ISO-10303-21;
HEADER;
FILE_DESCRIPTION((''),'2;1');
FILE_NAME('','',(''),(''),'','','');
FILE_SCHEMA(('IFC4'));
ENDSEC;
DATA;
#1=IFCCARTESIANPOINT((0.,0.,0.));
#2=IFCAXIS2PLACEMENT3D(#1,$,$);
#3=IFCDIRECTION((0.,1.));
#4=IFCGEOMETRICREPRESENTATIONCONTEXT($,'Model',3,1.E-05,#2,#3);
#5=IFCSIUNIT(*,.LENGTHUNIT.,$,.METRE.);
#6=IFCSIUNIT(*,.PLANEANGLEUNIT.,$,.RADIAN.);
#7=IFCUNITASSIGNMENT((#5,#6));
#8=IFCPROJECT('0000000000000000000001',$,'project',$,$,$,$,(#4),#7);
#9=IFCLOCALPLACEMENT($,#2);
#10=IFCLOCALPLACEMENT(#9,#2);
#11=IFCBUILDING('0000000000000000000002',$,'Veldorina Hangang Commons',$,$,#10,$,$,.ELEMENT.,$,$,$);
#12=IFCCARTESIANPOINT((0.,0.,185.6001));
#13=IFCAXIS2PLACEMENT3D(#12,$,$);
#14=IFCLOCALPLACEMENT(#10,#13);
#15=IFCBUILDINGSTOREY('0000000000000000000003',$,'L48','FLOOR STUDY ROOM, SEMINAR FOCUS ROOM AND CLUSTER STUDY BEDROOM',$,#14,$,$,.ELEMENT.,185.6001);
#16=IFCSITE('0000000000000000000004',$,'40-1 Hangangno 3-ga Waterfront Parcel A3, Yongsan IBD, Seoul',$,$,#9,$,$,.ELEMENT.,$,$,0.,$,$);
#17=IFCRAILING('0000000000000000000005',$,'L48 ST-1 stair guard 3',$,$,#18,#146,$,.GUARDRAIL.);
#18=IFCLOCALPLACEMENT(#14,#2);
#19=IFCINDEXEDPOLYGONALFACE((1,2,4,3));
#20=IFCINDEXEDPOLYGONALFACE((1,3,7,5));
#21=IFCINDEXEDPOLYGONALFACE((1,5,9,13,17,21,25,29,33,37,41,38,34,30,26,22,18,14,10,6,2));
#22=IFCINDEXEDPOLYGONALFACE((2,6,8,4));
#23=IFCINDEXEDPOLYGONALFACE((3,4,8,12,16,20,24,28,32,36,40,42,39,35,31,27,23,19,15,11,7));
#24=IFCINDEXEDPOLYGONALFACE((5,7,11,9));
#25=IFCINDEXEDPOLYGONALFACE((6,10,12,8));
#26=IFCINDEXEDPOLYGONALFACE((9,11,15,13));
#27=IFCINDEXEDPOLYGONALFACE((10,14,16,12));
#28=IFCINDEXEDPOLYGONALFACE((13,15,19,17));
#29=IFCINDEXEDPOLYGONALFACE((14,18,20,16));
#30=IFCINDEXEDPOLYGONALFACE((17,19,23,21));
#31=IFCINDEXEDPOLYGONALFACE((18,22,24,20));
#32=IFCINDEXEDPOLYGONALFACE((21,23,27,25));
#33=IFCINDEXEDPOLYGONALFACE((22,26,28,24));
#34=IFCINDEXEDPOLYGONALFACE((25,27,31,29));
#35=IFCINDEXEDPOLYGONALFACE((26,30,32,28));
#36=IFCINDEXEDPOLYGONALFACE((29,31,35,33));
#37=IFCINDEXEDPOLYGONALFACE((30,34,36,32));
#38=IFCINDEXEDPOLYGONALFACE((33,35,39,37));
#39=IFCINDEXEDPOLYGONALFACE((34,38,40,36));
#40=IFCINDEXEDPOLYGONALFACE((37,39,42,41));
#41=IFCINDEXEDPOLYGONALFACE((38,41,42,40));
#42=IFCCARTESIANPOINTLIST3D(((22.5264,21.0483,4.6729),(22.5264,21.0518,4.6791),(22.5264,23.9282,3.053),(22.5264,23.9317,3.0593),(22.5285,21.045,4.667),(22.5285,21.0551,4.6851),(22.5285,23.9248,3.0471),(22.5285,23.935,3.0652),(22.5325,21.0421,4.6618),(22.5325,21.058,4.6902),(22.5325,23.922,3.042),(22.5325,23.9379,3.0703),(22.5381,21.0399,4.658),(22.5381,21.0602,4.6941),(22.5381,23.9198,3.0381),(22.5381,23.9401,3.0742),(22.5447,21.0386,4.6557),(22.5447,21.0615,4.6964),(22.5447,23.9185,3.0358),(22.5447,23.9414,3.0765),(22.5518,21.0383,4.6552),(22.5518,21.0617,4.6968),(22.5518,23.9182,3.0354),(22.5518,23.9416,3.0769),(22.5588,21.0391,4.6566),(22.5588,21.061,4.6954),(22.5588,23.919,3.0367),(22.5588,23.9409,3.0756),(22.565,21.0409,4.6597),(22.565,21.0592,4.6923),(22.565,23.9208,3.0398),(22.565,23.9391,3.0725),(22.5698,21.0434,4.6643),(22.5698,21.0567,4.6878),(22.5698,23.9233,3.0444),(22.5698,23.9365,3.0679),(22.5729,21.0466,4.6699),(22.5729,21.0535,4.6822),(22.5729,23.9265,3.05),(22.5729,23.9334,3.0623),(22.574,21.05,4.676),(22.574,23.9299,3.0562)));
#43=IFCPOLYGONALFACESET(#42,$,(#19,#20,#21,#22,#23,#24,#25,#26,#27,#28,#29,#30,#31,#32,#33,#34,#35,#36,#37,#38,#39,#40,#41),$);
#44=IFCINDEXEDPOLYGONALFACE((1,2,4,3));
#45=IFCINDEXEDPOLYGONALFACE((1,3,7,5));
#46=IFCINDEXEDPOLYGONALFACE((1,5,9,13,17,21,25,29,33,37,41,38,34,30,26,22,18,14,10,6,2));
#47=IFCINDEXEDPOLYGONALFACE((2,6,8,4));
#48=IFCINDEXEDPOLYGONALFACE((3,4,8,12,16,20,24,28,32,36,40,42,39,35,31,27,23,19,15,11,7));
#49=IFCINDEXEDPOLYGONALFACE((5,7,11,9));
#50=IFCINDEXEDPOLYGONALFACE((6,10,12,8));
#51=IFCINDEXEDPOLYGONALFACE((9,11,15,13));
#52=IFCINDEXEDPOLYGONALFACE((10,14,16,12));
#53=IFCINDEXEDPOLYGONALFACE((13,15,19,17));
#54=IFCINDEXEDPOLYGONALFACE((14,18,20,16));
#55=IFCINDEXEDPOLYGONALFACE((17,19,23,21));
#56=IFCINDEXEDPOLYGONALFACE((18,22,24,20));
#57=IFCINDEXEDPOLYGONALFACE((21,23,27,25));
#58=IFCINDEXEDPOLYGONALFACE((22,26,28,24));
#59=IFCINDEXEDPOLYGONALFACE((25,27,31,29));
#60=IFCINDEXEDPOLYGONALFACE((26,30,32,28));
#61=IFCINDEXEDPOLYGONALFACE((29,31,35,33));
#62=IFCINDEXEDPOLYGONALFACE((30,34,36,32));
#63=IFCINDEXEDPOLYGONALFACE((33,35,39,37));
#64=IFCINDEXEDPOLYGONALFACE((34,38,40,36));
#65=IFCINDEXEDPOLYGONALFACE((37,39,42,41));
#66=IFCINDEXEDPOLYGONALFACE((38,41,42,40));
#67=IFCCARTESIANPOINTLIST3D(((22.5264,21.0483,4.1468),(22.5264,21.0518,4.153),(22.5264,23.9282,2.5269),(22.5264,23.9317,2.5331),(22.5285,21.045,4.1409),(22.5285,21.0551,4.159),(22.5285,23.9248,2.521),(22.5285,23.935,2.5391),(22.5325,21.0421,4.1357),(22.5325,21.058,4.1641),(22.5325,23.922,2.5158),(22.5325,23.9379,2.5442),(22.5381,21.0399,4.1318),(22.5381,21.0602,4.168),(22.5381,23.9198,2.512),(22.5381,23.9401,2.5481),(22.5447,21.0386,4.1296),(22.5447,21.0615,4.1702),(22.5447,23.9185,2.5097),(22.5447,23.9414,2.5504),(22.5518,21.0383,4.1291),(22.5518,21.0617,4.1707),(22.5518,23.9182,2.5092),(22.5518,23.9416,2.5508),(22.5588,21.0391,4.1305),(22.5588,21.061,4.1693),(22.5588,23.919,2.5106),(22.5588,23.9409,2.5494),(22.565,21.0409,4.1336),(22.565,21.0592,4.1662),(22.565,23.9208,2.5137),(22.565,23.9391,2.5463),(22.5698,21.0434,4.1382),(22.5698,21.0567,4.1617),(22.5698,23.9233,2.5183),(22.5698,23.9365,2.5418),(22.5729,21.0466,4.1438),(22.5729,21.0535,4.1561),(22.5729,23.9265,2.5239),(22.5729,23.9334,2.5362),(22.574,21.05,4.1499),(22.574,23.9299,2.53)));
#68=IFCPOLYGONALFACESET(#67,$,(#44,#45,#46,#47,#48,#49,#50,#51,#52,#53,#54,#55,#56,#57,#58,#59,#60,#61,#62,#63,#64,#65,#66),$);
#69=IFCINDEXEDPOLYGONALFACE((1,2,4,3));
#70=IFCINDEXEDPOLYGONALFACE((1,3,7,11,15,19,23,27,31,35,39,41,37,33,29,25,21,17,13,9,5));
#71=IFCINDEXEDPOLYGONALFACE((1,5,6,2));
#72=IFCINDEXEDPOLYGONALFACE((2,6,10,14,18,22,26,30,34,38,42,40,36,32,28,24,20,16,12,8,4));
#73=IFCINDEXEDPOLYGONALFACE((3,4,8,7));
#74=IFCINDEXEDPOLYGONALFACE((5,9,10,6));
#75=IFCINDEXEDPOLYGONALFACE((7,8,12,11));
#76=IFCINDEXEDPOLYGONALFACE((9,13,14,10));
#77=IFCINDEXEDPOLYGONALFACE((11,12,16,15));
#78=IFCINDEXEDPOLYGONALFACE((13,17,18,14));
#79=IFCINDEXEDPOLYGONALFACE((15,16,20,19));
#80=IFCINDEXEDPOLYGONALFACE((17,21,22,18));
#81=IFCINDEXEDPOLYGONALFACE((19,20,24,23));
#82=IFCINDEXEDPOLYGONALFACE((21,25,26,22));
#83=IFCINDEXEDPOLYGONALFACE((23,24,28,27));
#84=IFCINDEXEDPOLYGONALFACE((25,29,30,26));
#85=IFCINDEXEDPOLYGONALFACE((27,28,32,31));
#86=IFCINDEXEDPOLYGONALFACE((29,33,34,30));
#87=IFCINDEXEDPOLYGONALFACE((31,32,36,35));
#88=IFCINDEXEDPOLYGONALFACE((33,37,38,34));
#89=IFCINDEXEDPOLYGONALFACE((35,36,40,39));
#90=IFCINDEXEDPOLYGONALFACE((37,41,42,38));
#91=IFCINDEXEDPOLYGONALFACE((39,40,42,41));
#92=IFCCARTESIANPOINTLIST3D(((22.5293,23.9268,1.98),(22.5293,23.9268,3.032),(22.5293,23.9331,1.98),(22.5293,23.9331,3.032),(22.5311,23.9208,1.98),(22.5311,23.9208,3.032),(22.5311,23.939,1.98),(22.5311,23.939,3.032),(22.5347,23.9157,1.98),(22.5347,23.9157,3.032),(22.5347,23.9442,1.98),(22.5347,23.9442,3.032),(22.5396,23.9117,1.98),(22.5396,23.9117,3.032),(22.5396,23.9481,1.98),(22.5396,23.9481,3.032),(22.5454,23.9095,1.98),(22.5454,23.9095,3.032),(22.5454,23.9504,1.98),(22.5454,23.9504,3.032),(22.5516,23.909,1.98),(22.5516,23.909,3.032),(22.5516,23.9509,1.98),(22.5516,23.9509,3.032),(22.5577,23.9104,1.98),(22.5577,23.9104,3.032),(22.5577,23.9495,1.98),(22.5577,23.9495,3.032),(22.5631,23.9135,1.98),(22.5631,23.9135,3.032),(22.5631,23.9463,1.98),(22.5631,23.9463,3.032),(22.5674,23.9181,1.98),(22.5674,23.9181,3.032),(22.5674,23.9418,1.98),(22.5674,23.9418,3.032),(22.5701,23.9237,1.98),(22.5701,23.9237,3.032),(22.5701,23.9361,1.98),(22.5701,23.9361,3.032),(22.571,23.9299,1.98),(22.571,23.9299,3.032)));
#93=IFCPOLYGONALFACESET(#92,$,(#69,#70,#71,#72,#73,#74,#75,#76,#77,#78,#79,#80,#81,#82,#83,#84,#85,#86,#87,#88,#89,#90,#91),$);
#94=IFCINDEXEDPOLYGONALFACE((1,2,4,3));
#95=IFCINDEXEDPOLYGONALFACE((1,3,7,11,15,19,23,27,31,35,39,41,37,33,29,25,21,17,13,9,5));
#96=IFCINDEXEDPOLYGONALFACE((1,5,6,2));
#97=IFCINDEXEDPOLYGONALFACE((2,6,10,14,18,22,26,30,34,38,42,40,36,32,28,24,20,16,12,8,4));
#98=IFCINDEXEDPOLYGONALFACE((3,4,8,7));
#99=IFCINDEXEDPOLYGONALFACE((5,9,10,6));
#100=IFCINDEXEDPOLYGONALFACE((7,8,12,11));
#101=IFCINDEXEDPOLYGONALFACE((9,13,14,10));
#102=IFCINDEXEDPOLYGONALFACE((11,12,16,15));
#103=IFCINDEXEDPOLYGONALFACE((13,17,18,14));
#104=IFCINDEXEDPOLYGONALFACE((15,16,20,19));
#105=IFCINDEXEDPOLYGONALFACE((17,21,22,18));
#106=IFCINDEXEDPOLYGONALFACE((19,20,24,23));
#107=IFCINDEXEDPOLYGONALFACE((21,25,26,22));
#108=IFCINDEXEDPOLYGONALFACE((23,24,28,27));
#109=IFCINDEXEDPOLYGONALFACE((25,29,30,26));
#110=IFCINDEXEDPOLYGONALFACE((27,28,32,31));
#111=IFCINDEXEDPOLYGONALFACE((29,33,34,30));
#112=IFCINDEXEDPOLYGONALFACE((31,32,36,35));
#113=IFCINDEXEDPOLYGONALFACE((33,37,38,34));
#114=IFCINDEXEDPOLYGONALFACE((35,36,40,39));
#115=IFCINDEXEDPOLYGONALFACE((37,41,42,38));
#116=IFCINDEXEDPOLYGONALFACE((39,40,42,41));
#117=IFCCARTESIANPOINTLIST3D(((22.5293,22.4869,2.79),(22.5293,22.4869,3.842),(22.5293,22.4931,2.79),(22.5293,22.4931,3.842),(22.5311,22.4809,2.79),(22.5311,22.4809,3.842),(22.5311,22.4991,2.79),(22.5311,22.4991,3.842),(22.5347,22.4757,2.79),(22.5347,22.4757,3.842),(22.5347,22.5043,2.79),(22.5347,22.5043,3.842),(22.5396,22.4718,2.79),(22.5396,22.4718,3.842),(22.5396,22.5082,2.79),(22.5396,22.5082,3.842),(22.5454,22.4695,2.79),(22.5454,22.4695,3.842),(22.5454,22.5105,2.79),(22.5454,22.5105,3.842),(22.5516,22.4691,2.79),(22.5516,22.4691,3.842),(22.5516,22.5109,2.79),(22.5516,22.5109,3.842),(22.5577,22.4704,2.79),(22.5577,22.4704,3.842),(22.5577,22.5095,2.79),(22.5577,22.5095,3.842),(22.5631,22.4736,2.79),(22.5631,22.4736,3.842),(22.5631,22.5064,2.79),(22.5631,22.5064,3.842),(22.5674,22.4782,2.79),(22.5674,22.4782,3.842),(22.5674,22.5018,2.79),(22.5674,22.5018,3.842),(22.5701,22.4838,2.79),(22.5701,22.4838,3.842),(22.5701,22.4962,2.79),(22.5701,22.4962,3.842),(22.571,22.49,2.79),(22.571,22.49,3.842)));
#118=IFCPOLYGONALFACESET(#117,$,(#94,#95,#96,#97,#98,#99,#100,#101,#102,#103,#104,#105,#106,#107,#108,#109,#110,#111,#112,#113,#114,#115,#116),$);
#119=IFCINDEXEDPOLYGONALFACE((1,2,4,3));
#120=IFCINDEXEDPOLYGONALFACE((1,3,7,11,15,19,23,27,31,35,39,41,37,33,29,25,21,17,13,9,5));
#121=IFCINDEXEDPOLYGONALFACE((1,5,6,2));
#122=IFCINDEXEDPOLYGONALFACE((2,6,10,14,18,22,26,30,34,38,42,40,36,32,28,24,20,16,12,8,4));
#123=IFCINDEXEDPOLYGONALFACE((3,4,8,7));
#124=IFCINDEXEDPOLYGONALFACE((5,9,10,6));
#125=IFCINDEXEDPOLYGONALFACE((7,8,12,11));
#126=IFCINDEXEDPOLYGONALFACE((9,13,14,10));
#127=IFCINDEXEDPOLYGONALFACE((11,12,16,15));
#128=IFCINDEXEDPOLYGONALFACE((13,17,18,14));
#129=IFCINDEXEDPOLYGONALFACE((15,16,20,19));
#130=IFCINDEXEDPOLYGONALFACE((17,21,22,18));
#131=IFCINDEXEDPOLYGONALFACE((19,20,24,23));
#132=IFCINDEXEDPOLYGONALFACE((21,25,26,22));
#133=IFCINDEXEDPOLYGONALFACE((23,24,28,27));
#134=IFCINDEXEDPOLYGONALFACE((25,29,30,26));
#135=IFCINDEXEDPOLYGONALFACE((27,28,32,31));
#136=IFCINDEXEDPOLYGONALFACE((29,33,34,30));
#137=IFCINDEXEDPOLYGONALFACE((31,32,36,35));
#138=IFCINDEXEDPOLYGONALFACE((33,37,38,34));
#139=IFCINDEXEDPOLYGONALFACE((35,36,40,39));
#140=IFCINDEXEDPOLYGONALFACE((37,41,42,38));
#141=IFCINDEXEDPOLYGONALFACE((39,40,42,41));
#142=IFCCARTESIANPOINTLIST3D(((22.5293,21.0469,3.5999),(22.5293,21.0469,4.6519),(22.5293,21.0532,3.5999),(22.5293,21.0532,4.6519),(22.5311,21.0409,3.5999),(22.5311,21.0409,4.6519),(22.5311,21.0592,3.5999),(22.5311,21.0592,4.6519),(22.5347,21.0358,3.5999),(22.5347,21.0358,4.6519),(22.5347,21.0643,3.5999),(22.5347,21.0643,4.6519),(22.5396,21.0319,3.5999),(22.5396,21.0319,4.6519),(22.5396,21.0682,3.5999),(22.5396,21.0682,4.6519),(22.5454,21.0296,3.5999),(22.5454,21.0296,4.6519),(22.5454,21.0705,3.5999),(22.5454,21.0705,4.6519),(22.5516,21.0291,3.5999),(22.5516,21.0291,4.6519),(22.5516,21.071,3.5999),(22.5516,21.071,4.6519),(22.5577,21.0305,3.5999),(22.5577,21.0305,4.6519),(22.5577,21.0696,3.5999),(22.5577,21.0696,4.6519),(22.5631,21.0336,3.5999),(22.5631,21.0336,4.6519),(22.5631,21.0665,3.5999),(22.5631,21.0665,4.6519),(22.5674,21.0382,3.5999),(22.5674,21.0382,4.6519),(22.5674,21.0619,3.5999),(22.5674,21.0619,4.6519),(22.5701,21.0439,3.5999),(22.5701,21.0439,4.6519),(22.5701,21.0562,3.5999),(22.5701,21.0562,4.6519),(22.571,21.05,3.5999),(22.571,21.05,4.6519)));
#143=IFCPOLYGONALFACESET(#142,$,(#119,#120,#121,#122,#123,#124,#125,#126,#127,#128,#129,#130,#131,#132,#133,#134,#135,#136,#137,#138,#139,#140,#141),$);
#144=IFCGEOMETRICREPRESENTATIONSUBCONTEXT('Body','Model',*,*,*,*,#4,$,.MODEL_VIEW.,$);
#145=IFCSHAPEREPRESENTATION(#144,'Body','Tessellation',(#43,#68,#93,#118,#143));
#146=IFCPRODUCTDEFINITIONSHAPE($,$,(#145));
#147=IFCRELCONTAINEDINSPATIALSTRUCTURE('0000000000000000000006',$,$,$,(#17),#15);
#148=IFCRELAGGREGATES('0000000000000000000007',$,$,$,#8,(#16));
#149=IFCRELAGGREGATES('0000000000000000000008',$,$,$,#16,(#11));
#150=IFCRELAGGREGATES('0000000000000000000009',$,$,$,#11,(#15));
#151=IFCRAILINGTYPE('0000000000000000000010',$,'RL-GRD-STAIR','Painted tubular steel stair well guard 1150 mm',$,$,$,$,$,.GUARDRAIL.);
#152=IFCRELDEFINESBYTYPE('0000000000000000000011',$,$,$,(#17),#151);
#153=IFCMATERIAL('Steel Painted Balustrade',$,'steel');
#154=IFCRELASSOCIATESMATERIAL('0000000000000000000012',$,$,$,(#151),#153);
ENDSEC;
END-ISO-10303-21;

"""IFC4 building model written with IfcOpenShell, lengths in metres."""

from ifc_helpers import new_model, si_unit, direction, frame, origin, origin_2d, place, context, subcontext, project, spatial, circle, extrude, material, type_object, element, save


model = new_model("IFC4")

# Units and contexts
model_context = context("Model", 3, precision=1e-05, world=origin(), true_north=direction((0.0, 1.0)))
body_context = subcontext(model_context, "Body", "Model", "MODEL_VIEW")
ifc_project = project(units=[si_unit("LENGTHUNIT", "METRE"), si_unit("PLANEANGLEUNIT", "RADIAN")], contexts=[model_context])

# Site, building, storey
site_placement = place(None, origin())
site = spatial("IfcSite", under=ifc_project, at=site_placement, Name="40-1 Hangangno 3-ga Waterfront Parcel A3, Yongsan IBD, Seoul", CompositionType="ELEMENT", RefElevation=0.0)
building_placement = place(site_placement, origin())
building = spatial("IfcBuilding", under=site, at=building_placement, Name="Veldorina Hangang Commons", CompositionType="ELEMENT")
storey_placement = place(building_placement, frame((0.0, 0.0, 185.6001)))
storey = spatial("IfcBuildingStorey", under=building, at=storey_placement, Name="L48", Description="FLOOR STUDY ROOM, SEMINAR FOCUS ROOM AND CLUSTER STUDY BEDROOM", CompositionType="ELEMENT", Elevation=185.6001)

# Railing
ifc_material_1 = material(Name="Steel Painted Balustrade", Category="steel")
railing_type = type_object("IfcRailingType", Name="RL-GRD-STAIR", Description="Painted tubular steel stair well guard 1150 mm", PredefinedType="GUARDRAIL", material=ifc_material_1)
railing_1_placement = place(storey_placement, frame((22.55, 23.9299, 1.98)))
element("IfcRailing", 1, at=railing_1_placement, inside=storey, type_object=railing_type, Name="L48 ST-1 stair guard 3", PredefinedType="GUARDRAIL", context=body_context, shape_type="SweptSolid", body=[
    extrude(circle(Radius=0.0239, at=origin_2d()), frame((0.0, 0.0, 1.0762), z_axis=(0.0, -0.871583, 0.490247), x_axis=(1.0, 0.0, 0.0)), (0.0, 0.0, 1.0), 3.3042),
    extrude(circle(Radius=0.0239, at=origin_2d()), frame((0.0, 0.0, 0.55), z_axis=(0.0, -0.871583, 0.490247), x_axis=(1.0, 0.0, 0.0)), (0.0, 0.0, 1.0), 3.3042),
    extrude(circle(Radius=0.021, at=origin_2d()), origin(), (0.0, 0.0, 1.0), 1.052),
    extrude(circle(Radius=0.021, at=origin_2d()), frame((0.0, -1.4399, 0.8101)), (0.0, 0.0, 1.0), 1.052),
    extrude(circle(Radius=0.021, at=origin_2d()), frame((0.0, -2.8799, 1.6199)), (0.0, 0.0, 1.0), 1.052),
])

save(model, "model.ifc")
